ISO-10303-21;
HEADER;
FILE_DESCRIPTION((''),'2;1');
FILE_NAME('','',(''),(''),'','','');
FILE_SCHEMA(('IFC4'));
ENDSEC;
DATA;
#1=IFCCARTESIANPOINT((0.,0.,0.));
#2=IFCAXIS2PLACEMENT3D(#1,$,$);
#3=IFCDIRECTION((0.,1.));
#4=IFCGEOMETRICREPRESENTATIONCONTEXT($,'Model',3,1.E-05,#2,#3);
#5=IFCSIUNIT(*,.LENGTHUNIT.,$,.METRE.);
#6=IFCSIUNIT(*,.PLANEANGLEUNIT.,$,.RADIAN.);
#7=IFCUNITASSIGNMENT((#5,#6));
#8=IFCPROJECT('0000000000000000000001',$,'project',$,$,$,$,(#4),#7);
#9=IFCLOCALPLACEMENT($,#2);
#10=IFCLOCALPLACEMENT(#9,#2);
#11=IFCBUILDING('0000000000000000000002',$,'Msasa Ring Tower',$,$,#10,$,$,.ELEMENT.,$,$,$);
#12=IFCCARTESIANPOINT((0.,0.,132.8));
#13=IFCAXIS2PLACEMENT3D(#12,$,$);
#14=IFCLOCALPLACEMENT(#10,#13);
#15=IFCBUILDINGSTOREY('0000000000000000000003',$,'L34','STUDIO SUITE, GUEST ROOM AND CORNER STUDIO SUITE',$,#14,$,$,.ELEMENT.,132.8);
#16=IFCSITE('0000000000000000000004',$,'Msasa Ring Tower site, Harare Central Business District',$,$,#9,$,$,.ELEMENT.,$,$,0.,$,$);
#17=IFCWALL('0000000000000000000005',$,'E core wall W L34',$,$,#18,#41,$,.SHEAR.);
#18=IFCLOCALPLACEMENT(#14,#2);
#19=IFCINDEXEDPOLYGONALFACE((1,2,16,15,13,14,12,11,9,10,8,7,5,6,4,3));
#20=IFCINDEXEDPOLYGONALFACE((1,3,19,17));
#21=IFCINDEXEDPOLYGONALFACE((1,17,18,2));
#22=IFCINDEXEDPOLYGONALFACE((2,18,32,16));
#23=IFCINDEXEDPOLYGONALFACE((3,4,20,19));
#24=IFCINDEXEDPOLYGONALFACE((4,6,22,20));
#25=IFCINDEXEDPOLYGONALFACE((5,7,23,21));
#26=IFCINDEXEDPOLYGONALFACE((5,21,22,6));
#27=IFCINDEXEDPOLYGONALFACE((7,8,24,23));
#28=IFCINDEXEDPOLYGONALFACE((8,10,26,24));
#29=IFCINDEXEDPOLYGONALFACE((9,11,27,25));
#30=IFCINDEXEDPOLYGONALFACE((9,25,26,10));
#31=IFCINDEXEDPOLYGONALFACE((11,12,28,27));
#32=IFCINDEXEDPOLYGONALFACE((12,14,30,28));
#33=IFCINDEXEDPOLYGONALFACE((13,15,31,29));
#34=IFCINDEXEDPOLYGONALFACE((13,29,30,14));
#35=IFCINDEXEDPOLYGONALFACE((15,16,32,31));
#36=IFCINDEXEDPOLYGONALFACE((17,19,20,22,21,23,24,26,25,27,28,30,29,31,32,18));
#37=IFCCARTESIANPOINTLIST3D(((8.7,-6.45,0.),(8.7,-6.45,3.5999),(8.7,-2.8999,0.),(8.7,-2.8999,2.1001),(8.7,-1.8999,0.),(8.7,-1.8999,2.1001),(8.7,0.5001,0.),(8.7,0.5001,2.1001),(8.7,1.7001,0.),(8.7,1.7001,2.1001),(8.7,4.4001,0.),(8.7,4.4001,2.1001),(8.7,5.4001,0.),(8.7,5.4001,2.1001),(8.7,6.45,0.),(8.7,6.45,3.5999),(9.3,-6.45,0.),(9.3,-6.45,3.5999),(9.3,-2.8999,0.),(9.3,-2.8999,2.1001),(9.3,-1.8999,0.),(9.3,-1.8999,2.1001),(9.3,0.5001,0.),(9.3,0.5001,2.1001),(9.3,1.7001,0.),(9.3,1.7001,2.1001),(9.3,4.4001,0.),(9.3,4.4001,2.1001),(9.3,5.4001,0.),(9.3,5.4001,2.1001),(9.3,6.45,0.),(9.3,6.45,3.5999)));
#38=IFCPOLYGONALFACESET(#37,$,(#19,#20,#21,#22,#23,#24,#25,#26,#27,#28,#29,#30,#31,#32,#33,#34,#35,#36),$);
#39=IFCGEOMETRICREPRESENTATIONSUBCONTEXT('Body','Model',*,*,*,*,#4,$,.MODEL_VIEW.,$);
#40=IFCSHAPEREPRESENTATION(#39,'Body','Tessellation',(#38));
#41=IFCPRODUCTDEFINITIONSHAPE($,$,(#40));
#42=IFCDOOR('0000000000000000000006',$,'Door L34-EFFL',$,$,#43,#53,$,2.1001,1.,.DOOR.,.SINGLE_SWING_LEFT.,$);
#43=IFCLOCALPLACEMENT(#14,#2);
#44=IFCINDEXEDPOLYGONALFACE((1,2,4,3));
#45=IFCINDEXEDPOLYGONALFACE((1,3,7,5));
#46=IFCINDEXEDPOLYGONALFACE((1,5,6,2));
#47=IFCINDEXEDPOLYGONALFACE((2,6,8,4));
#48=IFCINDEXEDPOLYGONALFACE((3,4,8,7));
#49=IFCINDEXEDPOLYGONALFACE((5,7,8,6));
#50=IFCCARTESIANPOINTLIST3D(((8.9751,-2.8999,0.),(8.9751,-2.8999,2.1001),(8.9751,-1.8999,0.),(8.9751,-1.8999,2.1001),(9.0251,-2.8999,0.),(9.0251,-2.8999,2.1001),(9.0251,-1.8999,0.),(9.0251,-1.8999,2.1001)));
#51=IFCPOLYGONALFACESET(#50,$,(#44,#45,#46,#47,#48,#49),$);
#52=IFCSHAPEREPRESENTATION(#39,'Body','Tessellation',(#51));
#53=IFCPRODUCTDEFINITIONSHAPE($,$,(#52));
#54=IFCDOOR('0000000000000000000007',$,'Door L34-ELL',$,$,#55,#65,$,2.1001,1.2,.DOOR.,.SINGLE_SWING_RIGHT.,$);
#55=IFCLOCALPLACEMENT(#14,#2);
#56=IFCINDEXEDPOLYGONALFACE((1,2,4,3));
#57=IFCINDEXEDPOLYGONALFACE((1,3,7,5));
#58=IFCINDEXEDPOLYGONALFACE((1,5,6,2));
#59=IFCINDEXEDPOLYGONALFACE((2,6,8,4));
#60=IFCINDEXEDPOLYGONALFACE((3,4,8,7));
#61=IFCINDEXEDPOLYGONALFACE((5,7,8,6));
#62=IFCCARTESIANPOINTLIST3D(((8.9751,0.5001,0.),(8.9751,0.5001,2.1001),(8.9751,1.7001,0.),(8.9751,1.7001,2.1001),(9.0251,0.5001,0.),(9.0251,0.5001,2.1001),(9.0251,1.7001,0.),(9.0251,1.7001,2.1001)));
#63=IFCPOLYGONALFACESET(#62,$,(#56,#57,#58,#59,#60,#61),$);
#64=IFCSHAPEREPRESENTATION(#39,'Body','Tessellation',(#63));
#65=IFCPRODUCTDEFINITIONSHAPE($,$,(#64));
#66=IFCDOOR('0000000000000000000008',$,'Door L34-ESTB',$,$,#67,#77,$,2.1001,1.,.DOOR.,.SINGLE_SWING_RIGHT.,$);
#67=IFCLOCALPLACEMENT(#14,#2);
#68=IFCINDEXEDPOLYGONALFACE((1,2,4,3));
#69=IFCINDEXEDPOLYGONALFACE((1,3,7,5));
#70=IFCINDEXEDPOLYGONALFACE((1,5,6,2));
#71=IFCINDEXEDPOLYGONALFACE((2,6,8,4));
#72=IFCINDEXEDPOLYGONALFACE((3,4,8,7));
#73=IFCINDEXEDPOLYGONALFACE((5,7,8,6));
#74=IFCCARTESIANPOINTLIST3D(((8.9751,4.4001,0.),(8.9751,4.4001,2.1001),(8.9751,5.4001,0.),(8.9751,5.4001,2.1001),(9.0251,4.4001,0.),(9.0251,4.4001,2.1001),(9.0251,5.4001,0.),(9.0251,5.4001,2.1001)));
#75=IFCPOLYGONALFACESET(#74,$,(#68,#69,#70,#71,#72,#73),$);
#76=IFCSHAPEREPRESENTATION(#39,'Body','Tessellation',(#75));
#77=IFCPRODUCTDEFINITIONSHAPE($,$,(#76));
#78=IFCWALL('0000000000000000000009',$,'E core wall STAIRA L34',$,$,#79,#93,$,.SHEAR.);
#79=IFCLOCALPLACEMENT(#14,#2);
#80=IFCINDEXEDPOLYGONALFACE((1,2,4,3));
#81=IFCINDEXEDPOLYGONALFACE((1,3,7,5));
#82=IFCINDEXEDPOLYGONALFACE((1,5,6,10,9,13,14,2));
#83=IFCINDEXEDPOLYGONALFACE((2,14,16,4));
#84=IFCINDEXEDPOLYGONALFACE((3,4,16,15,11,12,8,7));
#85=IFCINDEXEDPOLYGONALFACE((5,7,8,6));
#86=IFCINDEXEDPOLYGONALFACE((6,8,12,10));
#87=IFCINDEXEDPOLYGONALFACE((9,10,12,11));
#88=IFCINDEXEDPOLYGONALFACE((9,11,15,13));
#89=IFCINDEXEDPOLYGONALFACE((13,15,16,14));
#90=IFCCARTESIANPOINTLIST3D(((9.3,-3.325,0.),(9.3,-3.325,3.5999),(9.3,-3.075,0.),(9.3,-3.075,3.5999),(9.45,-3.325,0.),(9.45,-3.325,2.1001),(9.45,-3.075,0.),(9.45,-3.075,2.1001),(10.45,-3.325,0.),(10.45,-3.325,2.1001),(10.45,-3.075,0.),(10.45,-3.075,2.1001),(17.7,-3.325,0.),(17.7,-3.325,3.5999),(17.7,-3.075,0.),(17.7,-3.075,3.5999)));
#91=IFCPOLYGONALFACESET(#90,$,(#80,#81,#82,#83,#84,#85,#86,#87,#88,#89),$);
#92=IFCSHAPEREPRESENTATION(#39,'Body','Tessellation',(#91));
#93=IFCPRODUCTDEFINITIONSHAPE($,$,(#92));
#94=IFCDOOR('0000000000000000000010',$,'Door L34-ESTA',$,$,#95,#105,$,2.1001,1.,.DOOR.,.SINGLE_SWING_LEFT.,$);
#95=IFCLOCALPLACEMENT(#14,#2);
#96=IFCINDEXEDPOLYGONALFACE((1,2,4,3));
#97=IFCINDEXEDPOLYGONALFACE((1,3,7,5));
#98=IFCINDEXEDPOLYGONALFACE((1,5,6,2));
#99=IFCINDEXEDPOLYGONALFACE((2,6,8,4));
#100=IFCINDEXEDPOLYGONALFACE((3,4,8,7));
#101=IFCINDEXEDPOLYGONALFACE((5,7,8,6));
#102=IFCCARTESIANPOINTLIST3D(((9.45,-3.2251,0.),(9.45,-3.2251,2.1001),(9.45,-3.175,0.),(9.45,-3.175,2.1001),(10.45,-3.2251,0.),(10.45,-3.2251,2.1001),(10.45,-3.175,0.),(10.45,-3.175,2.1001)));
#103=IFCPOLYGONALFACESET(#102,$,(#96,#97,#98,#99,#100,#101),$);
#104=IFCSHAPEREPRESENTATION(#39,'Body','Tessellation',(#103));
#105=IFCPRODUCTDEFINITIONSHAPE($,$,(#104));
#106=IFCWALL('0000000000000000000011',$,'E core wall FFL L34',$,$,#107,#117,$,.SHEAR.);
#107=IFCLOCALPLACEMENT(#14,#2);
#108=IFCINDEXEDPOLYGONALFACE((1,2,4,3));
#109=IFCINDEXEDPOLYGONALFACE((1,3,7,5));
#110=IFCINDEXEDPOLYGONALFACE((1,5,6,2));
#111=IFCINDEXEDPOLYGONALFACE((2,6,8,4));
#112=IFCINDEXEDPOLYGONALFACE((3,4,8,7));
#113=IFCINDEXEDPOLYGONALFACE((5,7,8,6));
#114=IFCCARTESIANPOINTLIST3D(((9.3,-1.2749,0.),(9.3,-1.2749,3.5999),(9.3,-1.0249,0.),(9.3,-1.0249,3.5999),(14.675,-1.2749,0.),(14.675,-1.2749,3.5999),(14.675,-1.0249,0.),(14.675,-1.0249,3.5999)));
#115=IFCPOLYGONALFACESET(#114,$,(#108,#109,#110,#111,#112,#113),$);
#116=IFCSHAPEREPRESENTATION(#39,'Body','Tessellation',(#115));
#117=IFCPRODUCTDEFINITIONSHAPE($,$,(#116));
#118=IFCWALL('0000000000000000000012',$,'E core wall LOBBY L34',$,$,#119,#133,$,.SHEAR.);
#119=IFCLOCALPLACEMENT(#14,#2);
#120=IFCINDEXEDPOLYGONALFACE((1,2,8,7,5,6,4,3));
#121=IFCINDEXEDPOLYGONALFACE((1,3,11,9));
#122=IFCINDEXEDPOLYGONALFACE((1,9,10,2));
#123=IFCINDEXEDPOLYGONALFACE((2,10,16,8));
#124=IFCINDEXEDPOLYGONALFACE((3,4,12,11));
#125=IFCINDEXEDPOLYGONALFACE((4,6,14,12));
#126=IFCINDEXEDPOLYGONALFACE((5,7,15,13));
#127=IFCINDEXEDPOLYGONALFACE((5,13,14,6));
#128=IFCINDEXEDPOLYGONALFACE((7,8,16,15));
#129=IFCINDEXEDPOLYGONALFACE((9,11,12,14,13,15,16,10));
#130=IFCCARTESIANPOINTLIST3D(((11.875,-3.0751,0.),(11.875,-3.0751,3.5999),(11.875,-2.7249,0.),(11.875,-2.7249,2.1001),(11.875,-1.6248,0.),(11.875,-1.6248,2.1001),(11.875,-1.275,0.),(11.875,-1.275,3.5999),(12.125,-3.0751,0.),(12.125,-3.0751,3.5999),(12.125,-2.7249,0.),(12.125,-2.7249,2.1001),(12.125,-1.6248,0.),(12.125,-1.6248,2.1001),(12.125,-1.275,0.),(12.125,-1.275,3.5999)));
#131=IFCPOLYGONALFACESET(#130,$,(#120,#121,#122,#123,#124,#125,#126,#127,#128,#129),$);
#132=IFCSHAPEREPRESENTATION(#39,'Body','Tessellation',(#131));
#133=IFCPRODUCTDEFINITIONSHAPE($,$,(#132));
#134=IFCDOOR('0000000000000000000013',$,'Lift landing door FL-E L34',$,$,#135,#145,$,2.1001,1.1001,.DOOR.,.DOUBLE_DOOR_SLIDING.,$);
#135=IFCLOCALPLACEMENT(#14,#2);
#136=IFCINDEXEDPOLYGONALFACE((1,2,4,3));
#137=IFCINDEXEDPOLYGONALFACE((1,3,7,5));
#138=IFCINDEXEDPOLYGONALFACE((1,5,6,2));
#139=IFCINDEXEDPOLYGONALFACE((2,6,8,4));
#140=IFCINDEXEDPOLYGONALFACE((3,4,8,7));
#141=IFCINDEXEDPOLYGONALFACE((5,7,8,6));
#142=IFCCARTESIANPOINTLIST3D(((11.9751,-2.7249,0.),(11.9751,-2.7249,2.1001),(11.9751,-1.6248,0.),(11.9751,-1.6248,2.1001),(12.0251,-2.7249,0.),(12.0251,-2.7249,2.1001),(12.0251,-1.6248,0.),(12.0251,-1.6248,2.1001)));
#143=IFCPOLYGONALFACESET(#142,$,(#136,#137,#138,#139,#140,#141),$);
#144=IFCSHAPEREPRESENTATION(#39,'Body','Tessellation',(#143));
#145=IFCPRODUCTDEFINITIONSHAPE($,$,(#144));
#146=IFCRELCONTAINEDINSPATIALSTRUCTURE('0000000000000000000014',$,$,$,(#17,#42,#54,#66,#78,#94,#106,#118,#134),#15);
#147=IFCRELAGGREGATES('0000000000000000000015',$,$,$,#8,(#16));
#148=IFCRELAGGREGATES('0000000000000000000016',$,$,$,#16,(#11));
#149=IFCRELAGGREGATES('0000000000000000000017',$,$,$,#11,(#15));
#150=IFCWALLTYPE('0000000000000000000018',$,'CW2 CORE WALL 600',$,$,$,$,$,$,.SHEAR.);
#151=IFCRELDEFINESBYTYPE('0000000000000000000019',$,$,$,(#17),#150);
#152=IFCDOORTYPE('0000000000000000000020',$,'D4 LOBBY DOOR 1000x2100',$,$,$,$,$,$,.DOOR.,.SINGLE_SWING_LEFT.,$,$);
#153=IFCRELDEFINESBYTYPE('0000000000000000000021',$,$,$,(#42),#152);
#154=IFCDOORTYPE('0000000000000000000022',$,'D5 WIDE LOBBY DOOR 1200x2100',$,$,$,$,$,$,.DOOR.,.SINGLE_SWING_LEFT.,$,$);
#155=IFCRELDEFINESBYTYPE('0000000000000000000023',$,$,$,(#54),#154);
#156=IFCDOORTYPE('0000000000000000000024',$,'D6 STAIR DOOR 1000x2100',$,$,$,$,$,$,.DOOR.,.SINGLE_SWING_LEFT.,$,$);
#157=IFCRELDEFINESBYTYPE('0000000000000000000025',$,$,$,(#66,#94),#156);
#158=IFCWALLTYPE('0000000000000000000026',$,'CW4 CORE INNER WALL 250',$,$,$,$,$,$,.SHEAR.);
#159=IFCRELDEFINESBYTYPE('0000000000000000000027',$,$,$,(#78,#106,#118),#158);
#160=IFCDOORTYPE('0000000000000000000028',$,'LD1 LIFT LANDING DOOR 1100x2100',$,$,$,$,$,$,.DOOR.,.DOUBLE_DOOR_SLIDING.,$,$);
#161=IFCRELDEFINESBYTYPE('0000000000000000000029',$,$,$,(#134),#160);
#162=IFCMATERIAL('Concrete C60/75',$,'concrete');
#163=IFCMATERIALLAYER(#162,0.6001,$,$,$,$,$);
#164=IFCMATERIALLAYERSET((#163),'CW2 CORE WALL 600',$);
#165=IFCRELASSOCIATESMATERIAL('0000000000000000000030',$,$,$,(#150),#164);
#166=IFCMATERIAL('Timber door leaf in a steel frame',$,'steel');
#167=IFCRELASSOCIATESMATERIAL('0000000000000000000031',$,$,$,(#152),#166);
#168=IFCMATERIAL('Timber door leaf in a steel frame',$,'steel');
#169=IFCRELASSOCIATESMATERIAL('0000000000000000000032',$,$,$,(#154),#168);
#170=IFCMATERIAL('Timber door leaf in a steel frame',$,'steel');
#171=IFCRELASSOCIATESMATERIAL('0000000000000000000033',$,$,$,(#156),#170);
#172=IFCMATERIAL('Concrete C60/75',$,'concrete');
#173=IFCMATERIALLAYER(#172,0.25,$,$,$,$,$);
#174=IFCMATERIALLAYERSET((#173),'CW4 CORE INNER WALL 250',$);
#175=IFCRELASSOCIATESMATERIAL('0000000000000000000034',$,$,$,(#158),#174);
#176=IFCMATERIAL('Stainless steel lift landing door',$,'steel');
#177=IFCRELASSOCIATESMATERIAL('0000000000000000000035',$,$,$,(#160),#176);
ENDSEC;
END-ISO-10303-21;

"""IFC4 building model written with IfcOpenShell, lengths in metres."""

from ifc_helpers import new_model, si_unit, direction, frame, frame_2d, origin, place, context, subcontext, project, spatial, rectangle, extrude, material, layer, layer_set, type_object, element, fill, save


model = new_model("IFC4")

# Units and contexts
model_context = context("Model", 3, precision=1e-05, world=origin(), true_north=direction((0.0, 1.0)))
body_context = subcontext(model_context, "Body", "Model", "MODEL_VIEW")
ifc_project = project(units=[si_unit("LENGTHUNIT", "METRE"), si_unit("PLANEANGLEUNIT", "RADIAN")], contexts=[model_context])

# Site, building, storey
site_placement = place(None, origin())
site = spatial("IfcSite", under=ifc_project, at=site_placement, Name="Msasa Ring Tower site, Harare Central Business District", CompositionType="ELEMENT", RefElevation=0.0)
building_placement = place(site_placement, origin())
building = spatial("IfcBuilding", under=site, at=building_placement, Name="Msasa Ring Tower", CompositionType="ELEMENT")
storey_placement = place(building_placement, frame((0.0, 0.0, 132.8)))
storey = spatial("IfcBuildingStorey", under=building, at=storey_placement, Name="L34", Description="STUDIO SUITE, GUEST ROOM AND CORNER STUDIO SUITE", CompositionType="ELEMENT", Elevation=132.8)

# Shared definitions
ifc_material_1 = material(Name="Concrete C60/75", Category="concrete")
ifc_layer_1 = layer(ifc_material_1, 0.6001)
ifc_layer_set_1 = layer_set([ifc_layer_1], Name="CW2 CORE WALL 600")
wall_type_1 = type_object("IfcWallType", Name="CW2 CORE WALL 600", PredefinedType="SHEAR", material=ifc_layer_set_1)

# Wall, openings, doors
wall_1_placement = place(storey_placement, frame((9.0, -6.45, 0.0), z_axis=(0.0, 0.0, 1.0), x_axis=(0.0, 1.0, 0.0)))
wall_1 = element("IfcWall", 1, at=wall_1_placement, inside=storey, type_object=wall_type_1, Name="E core wall W L34", PredefinedType="SHEAR", context=body_context, shape_type="SweptSolid", body=[
    extrude(rectangle(XDim=12.8999, YDim=0.6001, at=frame_2d((6.45, 0.0))), origin(), (0.0, 0.0, 1.0), 3.5999),
])
opening_1_placement = place(wall_1_placement, frame((3.55, 0.0, 0.0)))
opening_1 = element("IfcOpeningElement", 2, at=opening_1_placement, cuts=wall_1, PredefinedType="OPENING", context=body_context, shape_type="SweptSolid", body=[
    extrude(rectangle(XDim=1.0, YDim=2.1001, at=frame_2d((0.5, 1.05))), frame((0.0, 0.3101, 0.0), z_axis=(0.0, -1.0, 0.0), x_axis=(1.0, 0.0, 0.0)), (0.0, 0.0, 1.0), 0.6201),
])
opening_2_placement = place(wall_1_placement, frame((6.95, 0.0, 0.0)))
opening_2 = element("IfcOpeningElement", 3, at=opening_2_placement, cuts=wall_1, PredefinedType="OPENING", context=body_context, shape_type="SweptSolid", body=[
    extrude(rectangle(XDim=1.2, YDim=2.1001, at=frame_2d((0.6001, 1.05))), frame((0.0, 0.3101, 0.0), z_axis=(0.0, -1.0, 0.0), x_axis=(1.0, 0.0, 0.0)), (0.0, 0.0, 1.0), 0.6201),
])
opening_3_placement = place(wall_1_placement, frame((10.8501, 0.0, 0.0)))
opening_3 = element("IfcOpeningElement", 4, at=opening_3_placement, cuts=wall_1, PredefinedType="OPENING", context=body_context, shape_type="SweptSolid", body=[
    extrude(rectangle(XDim=1.0, YDim=2.1001, at=frame_2d((0.5, 1.05))), frame((0.0, 0.3101, 0.0), z_axis=(0.0, -1.0, 0.0), x_axis=(1.0, 0.0, 0.0)), (0.0, 0.0, 1.0), 0.6201),
])
ifc_material_2 = material(Name="Timber door leaf in a steel frame", Category="steel")
door_type_1 = type_object("IfcDoorType", Name="D4 LOBBY DOOR 1000x2100", OperationType="SINGLE_SWING_LEFT", PredefinedType="DOOR", material=ifc_material_2)
door_1_placement = place(opening_1_placement, origin())
door_1 = element("IfcDoor", 5, at=door_1_placement, inside=storey, type_object=door_type_1, Name="Door L34-EFFL", OperationType="SINGLE_SWING_LEFT", OverallHeight=2.1001, OverallWidth=1.0, PredefinedType="DOOR", context=body_context, shape_type="SweptSolid", body=[
    extrude(rectangle(XDim=1.0, YDim=2.1001, at=frame_2d((0.5, 1.05))), frame((0.0, 0.0249, 0.0), z_axis=(0.0, -1.0, 0.0), x_axis=(1.0, 0.0, 0.0)), (0.0, 0.0, 1.0), 0.05),
])
fill(opening_1, door_1)
ifc_material_3 = material(Name="Timber door leaf in a steel frame", Category="steel")
door_type_2 = type_object("IfcDoorType", Name="D5 WIDE LOBBY DOOR 1200x2100", OperationType="SINGLE_SWING_LEFT", PredefinedType="DOOR", material=ifc_material_3)
door_2_placement = place(opening_2_placement, origin())
door_2 = element("IfcDoor", 6, at=door_2_placement, inside=storey, type_object=door_type_2, Name="Door L34-ELL", OperationType="SINGLE_SWING_RIGHT", OverallHeight=2.1001, OverallWidth=1.2, PredefinedType="DOOR", context=body_context, shape_type="SweptSolid", body=[
    extrude(rectangle(XDim=1.2, YDim=2.1001, at=frame_2d((0.6001, 1.05))), frame((0.0, 0.0249, 0.0), z_axis=(0.0, -1.0, 0.0), x_axis=(1.0, 0.0, 0.0)), (0.0, 0.0, 1.0), 0.05),
])
fill(opening_2, door_2)
ifc_material_4 = material(Name="Timber door leaf in a steel frame", Category="steel")
door_type_3 = type_object("IfcDoorType", Name="D6 STAIR DOOR 1000x2100", OperationType="SINGLE_SWING_LEFT", PredefinedType="DOOR", material=ifc_material_4)
door_3_placement = place(opening_3_placement, origin())
door_3 = element("IfcDoor", 7, at=door_3_placement, inside=storey, type_object=door_type_3, Name="Door L34-ESTB", OperationType="SINGLE_SWING_RIGHT", OverallHeight=2.1001, OverallWidth=1.0, PredefinedType="DOOR", context=body_context, shape_type="SweptSolid", body=[
    extrude(rectangle(XDim=1.0, YDim=2.1001, at=frame_2d((0.5, 1.05))), frame((0.0, 0.0249, 0.0), z_axis=(0.0, -1.0, 0.0), x_axis=(1.0, 0.0, 0.0)), (0.0, 0.0, 1.0), 0.05),
])
fill(opening_3, door_3)

# Wall, opening, door
ifc_material_5 = material(Name="Concrete C60/75", Category="concrete")
ifc_layer_2 = layer(ifc_material_5, 0.25)
ifc_layer_set_2 = layer_set([ifc_layer_2], Name="CW4 CORE INNER WALL 250")
wall_type_2 = type_object("IfcWallType", Name="CW4 CORE INNER WALL 250", PredefinedType="SHEAR", material=ifc_layer_set_2)
wall_2_placement = place(storey_placement, frame((9.3, -3.2, 0.0), z_axis=(0.0, 0.0, 1.0), x_axis=(1.0, 0.0, 0.0)))
wall_2 = element("IfcWall", 8, at=wall_2_placement, inside=storey, type_object=wall_type_2, Name="E core wall STAIRA L34", PredefinedType="SHEAR", context=body_context, shape_type="SweptSolid", body=[
    extrude(rectangle(XDim=8.3999, YDim=0.25, at=frame_2d((4.2, 0.0))), origin(), (0.0, 0.0, 1.0), 3.5999),
])
opening_4_placement = place(wall_2_placement, frame((0.1499, 0.0, 0.0)))
opening_4 = element("IfcOpeningElement", 9, at=opening_4_placement, cuts=wall_2, PredefinedType="OPENING", context=body_context, shape_type="SweptSolid", body=[
    extrude(rectangle(XDim=1.0, YDim=2.1001, at=frame_2d((0.5, 1.05))), frame((0.0, 0.135, 0.0), z_axis=(0.0, -1.0, 0.0), x_axis=(1.0, 0.0, 0.0)), (0.0, 0.0, 1.0), 0.27),
])
door_4_placement = place(opening_4_placement, origin())
door_4 = element("IfcDoor", 10, at=door_4_placement, inside=storey, type_object=door_type_3, Name="Door L34-ESTA", OperationType="SINGLE_SWING_LEFT", OverallHeight=2.1001, OverallWidth=1.0, PredefinedType="DOOR", context=body_context, shape_type="SweptSolid", body=[
    extrude(rectangle(XDim=1.0, YDim=2.1001, at=frame_2d((0.5, 1.05))), frame((0.0, 0.0249, 0.0), z_axis=(0.0, -1.0, 0.0), x_axis=(1.0, 0.0, 0.0)), (0.0, 0.0, 1.0), 0.05),
])
fill(opening_4, door_4)

# Wall
wall_3_placement = place(storey_placement, frame((9.3, -1.1499, 0.0), z_axis=(0.0, 0.0, 1.0), x_axis=(1.0, 0.0, 0.0)))
element("IfcWall", 11, at=wall_3_placement, inside=storey, type_object=wall_type_2, Name="E core wall FFL L34", PredefinedType="SHEAR", context=body_context, shape_type="SweptSolid", body=[
    extrude(rectangle(XDim=5.375, YDim=0.25, at=frame_2d((2.6875, 0.0))), origin(), (0.0, 0.0, 1.0), 3.5999),
])

# Wall, opening, door
wall_4_placement = place(storey_placement, frame((12.0, -3.075, 0.0), z_axis=(0.0, 0.0, 1.0), x_axis=(0.0, 1.0, 0.0)))
wall_4 = element("IfcWall", 12, at=wall_4_placement, inside=storey, type_object=wall_type_2, Name="E core wall LOBBY L34", PredefinedType="SHEAR", context=body_context, shape_type="SweptSolid", body=[
    extrude(rectangle(XDim=1.8, YDim=0.25, at=frame_2d((0.8999, 0.0))), origin(), (0.0, 0.0, 1.0), 3.5999),
])
opening_5_placement = place(wall_4_placement, frame((0.3501, 0.0, 0.0)))
opening_5 = element("IfcOpeningElement", 13, at=opening_5_placement, cuts=wall_4, PredefinedType="OPENING", context=body_context, shape_type="SweptSolid", body=[
    extrude(rectangle(XDim=1.1001, YDim=2.1001, at=frame_2d((0.55, 1.05))), frame((0.0, 0.135, 0.0), z_axis=(0.0, -1.0, 0.0), x_axis=(1.0, 0.0, 0.0)), (0.0, 0.0, 1.0), 0.27),
])
ifc_material_6 = material(Name="Stainless steel lift landing door", Category="steel")
door_type_4 = type_object("IfcDoorType", Name="LD1 LIFT LANDING DOOR 1100x2100", OperationType="DOUBLE_DOOR_SLIDING", PredefinedType="DOOR", material=ifc_material_6)
door_5_placement = place(opening_5_placement, origin())
door_5 = element("IfcDoor", 14, at=door_5_placement, inside=storey, type_object=door_type_4, Name="Lift landing door FL-E L34", OperationType="DOUBLE_DOOR_SLIDING", OverallHeight=2.1001, OverallWidth=1.1001, PredefinedType="DOOR", context=body_context, shape_type="SweptSolid", body=[
    extrude(rectangle(XDim=1.1001, YDim=2.1001, at=frame_2d((0.55, 1.05))), frame((0.0, 0.0249, 0.0), z_axis=(0.0, -1.0, 0.0), x_axis=(1.0, 0.0, 0.0)), (0.0, 0.0, 1.0), 0.05),
])
fill(opening_5, door_5)

save(model, "model.ifc")
